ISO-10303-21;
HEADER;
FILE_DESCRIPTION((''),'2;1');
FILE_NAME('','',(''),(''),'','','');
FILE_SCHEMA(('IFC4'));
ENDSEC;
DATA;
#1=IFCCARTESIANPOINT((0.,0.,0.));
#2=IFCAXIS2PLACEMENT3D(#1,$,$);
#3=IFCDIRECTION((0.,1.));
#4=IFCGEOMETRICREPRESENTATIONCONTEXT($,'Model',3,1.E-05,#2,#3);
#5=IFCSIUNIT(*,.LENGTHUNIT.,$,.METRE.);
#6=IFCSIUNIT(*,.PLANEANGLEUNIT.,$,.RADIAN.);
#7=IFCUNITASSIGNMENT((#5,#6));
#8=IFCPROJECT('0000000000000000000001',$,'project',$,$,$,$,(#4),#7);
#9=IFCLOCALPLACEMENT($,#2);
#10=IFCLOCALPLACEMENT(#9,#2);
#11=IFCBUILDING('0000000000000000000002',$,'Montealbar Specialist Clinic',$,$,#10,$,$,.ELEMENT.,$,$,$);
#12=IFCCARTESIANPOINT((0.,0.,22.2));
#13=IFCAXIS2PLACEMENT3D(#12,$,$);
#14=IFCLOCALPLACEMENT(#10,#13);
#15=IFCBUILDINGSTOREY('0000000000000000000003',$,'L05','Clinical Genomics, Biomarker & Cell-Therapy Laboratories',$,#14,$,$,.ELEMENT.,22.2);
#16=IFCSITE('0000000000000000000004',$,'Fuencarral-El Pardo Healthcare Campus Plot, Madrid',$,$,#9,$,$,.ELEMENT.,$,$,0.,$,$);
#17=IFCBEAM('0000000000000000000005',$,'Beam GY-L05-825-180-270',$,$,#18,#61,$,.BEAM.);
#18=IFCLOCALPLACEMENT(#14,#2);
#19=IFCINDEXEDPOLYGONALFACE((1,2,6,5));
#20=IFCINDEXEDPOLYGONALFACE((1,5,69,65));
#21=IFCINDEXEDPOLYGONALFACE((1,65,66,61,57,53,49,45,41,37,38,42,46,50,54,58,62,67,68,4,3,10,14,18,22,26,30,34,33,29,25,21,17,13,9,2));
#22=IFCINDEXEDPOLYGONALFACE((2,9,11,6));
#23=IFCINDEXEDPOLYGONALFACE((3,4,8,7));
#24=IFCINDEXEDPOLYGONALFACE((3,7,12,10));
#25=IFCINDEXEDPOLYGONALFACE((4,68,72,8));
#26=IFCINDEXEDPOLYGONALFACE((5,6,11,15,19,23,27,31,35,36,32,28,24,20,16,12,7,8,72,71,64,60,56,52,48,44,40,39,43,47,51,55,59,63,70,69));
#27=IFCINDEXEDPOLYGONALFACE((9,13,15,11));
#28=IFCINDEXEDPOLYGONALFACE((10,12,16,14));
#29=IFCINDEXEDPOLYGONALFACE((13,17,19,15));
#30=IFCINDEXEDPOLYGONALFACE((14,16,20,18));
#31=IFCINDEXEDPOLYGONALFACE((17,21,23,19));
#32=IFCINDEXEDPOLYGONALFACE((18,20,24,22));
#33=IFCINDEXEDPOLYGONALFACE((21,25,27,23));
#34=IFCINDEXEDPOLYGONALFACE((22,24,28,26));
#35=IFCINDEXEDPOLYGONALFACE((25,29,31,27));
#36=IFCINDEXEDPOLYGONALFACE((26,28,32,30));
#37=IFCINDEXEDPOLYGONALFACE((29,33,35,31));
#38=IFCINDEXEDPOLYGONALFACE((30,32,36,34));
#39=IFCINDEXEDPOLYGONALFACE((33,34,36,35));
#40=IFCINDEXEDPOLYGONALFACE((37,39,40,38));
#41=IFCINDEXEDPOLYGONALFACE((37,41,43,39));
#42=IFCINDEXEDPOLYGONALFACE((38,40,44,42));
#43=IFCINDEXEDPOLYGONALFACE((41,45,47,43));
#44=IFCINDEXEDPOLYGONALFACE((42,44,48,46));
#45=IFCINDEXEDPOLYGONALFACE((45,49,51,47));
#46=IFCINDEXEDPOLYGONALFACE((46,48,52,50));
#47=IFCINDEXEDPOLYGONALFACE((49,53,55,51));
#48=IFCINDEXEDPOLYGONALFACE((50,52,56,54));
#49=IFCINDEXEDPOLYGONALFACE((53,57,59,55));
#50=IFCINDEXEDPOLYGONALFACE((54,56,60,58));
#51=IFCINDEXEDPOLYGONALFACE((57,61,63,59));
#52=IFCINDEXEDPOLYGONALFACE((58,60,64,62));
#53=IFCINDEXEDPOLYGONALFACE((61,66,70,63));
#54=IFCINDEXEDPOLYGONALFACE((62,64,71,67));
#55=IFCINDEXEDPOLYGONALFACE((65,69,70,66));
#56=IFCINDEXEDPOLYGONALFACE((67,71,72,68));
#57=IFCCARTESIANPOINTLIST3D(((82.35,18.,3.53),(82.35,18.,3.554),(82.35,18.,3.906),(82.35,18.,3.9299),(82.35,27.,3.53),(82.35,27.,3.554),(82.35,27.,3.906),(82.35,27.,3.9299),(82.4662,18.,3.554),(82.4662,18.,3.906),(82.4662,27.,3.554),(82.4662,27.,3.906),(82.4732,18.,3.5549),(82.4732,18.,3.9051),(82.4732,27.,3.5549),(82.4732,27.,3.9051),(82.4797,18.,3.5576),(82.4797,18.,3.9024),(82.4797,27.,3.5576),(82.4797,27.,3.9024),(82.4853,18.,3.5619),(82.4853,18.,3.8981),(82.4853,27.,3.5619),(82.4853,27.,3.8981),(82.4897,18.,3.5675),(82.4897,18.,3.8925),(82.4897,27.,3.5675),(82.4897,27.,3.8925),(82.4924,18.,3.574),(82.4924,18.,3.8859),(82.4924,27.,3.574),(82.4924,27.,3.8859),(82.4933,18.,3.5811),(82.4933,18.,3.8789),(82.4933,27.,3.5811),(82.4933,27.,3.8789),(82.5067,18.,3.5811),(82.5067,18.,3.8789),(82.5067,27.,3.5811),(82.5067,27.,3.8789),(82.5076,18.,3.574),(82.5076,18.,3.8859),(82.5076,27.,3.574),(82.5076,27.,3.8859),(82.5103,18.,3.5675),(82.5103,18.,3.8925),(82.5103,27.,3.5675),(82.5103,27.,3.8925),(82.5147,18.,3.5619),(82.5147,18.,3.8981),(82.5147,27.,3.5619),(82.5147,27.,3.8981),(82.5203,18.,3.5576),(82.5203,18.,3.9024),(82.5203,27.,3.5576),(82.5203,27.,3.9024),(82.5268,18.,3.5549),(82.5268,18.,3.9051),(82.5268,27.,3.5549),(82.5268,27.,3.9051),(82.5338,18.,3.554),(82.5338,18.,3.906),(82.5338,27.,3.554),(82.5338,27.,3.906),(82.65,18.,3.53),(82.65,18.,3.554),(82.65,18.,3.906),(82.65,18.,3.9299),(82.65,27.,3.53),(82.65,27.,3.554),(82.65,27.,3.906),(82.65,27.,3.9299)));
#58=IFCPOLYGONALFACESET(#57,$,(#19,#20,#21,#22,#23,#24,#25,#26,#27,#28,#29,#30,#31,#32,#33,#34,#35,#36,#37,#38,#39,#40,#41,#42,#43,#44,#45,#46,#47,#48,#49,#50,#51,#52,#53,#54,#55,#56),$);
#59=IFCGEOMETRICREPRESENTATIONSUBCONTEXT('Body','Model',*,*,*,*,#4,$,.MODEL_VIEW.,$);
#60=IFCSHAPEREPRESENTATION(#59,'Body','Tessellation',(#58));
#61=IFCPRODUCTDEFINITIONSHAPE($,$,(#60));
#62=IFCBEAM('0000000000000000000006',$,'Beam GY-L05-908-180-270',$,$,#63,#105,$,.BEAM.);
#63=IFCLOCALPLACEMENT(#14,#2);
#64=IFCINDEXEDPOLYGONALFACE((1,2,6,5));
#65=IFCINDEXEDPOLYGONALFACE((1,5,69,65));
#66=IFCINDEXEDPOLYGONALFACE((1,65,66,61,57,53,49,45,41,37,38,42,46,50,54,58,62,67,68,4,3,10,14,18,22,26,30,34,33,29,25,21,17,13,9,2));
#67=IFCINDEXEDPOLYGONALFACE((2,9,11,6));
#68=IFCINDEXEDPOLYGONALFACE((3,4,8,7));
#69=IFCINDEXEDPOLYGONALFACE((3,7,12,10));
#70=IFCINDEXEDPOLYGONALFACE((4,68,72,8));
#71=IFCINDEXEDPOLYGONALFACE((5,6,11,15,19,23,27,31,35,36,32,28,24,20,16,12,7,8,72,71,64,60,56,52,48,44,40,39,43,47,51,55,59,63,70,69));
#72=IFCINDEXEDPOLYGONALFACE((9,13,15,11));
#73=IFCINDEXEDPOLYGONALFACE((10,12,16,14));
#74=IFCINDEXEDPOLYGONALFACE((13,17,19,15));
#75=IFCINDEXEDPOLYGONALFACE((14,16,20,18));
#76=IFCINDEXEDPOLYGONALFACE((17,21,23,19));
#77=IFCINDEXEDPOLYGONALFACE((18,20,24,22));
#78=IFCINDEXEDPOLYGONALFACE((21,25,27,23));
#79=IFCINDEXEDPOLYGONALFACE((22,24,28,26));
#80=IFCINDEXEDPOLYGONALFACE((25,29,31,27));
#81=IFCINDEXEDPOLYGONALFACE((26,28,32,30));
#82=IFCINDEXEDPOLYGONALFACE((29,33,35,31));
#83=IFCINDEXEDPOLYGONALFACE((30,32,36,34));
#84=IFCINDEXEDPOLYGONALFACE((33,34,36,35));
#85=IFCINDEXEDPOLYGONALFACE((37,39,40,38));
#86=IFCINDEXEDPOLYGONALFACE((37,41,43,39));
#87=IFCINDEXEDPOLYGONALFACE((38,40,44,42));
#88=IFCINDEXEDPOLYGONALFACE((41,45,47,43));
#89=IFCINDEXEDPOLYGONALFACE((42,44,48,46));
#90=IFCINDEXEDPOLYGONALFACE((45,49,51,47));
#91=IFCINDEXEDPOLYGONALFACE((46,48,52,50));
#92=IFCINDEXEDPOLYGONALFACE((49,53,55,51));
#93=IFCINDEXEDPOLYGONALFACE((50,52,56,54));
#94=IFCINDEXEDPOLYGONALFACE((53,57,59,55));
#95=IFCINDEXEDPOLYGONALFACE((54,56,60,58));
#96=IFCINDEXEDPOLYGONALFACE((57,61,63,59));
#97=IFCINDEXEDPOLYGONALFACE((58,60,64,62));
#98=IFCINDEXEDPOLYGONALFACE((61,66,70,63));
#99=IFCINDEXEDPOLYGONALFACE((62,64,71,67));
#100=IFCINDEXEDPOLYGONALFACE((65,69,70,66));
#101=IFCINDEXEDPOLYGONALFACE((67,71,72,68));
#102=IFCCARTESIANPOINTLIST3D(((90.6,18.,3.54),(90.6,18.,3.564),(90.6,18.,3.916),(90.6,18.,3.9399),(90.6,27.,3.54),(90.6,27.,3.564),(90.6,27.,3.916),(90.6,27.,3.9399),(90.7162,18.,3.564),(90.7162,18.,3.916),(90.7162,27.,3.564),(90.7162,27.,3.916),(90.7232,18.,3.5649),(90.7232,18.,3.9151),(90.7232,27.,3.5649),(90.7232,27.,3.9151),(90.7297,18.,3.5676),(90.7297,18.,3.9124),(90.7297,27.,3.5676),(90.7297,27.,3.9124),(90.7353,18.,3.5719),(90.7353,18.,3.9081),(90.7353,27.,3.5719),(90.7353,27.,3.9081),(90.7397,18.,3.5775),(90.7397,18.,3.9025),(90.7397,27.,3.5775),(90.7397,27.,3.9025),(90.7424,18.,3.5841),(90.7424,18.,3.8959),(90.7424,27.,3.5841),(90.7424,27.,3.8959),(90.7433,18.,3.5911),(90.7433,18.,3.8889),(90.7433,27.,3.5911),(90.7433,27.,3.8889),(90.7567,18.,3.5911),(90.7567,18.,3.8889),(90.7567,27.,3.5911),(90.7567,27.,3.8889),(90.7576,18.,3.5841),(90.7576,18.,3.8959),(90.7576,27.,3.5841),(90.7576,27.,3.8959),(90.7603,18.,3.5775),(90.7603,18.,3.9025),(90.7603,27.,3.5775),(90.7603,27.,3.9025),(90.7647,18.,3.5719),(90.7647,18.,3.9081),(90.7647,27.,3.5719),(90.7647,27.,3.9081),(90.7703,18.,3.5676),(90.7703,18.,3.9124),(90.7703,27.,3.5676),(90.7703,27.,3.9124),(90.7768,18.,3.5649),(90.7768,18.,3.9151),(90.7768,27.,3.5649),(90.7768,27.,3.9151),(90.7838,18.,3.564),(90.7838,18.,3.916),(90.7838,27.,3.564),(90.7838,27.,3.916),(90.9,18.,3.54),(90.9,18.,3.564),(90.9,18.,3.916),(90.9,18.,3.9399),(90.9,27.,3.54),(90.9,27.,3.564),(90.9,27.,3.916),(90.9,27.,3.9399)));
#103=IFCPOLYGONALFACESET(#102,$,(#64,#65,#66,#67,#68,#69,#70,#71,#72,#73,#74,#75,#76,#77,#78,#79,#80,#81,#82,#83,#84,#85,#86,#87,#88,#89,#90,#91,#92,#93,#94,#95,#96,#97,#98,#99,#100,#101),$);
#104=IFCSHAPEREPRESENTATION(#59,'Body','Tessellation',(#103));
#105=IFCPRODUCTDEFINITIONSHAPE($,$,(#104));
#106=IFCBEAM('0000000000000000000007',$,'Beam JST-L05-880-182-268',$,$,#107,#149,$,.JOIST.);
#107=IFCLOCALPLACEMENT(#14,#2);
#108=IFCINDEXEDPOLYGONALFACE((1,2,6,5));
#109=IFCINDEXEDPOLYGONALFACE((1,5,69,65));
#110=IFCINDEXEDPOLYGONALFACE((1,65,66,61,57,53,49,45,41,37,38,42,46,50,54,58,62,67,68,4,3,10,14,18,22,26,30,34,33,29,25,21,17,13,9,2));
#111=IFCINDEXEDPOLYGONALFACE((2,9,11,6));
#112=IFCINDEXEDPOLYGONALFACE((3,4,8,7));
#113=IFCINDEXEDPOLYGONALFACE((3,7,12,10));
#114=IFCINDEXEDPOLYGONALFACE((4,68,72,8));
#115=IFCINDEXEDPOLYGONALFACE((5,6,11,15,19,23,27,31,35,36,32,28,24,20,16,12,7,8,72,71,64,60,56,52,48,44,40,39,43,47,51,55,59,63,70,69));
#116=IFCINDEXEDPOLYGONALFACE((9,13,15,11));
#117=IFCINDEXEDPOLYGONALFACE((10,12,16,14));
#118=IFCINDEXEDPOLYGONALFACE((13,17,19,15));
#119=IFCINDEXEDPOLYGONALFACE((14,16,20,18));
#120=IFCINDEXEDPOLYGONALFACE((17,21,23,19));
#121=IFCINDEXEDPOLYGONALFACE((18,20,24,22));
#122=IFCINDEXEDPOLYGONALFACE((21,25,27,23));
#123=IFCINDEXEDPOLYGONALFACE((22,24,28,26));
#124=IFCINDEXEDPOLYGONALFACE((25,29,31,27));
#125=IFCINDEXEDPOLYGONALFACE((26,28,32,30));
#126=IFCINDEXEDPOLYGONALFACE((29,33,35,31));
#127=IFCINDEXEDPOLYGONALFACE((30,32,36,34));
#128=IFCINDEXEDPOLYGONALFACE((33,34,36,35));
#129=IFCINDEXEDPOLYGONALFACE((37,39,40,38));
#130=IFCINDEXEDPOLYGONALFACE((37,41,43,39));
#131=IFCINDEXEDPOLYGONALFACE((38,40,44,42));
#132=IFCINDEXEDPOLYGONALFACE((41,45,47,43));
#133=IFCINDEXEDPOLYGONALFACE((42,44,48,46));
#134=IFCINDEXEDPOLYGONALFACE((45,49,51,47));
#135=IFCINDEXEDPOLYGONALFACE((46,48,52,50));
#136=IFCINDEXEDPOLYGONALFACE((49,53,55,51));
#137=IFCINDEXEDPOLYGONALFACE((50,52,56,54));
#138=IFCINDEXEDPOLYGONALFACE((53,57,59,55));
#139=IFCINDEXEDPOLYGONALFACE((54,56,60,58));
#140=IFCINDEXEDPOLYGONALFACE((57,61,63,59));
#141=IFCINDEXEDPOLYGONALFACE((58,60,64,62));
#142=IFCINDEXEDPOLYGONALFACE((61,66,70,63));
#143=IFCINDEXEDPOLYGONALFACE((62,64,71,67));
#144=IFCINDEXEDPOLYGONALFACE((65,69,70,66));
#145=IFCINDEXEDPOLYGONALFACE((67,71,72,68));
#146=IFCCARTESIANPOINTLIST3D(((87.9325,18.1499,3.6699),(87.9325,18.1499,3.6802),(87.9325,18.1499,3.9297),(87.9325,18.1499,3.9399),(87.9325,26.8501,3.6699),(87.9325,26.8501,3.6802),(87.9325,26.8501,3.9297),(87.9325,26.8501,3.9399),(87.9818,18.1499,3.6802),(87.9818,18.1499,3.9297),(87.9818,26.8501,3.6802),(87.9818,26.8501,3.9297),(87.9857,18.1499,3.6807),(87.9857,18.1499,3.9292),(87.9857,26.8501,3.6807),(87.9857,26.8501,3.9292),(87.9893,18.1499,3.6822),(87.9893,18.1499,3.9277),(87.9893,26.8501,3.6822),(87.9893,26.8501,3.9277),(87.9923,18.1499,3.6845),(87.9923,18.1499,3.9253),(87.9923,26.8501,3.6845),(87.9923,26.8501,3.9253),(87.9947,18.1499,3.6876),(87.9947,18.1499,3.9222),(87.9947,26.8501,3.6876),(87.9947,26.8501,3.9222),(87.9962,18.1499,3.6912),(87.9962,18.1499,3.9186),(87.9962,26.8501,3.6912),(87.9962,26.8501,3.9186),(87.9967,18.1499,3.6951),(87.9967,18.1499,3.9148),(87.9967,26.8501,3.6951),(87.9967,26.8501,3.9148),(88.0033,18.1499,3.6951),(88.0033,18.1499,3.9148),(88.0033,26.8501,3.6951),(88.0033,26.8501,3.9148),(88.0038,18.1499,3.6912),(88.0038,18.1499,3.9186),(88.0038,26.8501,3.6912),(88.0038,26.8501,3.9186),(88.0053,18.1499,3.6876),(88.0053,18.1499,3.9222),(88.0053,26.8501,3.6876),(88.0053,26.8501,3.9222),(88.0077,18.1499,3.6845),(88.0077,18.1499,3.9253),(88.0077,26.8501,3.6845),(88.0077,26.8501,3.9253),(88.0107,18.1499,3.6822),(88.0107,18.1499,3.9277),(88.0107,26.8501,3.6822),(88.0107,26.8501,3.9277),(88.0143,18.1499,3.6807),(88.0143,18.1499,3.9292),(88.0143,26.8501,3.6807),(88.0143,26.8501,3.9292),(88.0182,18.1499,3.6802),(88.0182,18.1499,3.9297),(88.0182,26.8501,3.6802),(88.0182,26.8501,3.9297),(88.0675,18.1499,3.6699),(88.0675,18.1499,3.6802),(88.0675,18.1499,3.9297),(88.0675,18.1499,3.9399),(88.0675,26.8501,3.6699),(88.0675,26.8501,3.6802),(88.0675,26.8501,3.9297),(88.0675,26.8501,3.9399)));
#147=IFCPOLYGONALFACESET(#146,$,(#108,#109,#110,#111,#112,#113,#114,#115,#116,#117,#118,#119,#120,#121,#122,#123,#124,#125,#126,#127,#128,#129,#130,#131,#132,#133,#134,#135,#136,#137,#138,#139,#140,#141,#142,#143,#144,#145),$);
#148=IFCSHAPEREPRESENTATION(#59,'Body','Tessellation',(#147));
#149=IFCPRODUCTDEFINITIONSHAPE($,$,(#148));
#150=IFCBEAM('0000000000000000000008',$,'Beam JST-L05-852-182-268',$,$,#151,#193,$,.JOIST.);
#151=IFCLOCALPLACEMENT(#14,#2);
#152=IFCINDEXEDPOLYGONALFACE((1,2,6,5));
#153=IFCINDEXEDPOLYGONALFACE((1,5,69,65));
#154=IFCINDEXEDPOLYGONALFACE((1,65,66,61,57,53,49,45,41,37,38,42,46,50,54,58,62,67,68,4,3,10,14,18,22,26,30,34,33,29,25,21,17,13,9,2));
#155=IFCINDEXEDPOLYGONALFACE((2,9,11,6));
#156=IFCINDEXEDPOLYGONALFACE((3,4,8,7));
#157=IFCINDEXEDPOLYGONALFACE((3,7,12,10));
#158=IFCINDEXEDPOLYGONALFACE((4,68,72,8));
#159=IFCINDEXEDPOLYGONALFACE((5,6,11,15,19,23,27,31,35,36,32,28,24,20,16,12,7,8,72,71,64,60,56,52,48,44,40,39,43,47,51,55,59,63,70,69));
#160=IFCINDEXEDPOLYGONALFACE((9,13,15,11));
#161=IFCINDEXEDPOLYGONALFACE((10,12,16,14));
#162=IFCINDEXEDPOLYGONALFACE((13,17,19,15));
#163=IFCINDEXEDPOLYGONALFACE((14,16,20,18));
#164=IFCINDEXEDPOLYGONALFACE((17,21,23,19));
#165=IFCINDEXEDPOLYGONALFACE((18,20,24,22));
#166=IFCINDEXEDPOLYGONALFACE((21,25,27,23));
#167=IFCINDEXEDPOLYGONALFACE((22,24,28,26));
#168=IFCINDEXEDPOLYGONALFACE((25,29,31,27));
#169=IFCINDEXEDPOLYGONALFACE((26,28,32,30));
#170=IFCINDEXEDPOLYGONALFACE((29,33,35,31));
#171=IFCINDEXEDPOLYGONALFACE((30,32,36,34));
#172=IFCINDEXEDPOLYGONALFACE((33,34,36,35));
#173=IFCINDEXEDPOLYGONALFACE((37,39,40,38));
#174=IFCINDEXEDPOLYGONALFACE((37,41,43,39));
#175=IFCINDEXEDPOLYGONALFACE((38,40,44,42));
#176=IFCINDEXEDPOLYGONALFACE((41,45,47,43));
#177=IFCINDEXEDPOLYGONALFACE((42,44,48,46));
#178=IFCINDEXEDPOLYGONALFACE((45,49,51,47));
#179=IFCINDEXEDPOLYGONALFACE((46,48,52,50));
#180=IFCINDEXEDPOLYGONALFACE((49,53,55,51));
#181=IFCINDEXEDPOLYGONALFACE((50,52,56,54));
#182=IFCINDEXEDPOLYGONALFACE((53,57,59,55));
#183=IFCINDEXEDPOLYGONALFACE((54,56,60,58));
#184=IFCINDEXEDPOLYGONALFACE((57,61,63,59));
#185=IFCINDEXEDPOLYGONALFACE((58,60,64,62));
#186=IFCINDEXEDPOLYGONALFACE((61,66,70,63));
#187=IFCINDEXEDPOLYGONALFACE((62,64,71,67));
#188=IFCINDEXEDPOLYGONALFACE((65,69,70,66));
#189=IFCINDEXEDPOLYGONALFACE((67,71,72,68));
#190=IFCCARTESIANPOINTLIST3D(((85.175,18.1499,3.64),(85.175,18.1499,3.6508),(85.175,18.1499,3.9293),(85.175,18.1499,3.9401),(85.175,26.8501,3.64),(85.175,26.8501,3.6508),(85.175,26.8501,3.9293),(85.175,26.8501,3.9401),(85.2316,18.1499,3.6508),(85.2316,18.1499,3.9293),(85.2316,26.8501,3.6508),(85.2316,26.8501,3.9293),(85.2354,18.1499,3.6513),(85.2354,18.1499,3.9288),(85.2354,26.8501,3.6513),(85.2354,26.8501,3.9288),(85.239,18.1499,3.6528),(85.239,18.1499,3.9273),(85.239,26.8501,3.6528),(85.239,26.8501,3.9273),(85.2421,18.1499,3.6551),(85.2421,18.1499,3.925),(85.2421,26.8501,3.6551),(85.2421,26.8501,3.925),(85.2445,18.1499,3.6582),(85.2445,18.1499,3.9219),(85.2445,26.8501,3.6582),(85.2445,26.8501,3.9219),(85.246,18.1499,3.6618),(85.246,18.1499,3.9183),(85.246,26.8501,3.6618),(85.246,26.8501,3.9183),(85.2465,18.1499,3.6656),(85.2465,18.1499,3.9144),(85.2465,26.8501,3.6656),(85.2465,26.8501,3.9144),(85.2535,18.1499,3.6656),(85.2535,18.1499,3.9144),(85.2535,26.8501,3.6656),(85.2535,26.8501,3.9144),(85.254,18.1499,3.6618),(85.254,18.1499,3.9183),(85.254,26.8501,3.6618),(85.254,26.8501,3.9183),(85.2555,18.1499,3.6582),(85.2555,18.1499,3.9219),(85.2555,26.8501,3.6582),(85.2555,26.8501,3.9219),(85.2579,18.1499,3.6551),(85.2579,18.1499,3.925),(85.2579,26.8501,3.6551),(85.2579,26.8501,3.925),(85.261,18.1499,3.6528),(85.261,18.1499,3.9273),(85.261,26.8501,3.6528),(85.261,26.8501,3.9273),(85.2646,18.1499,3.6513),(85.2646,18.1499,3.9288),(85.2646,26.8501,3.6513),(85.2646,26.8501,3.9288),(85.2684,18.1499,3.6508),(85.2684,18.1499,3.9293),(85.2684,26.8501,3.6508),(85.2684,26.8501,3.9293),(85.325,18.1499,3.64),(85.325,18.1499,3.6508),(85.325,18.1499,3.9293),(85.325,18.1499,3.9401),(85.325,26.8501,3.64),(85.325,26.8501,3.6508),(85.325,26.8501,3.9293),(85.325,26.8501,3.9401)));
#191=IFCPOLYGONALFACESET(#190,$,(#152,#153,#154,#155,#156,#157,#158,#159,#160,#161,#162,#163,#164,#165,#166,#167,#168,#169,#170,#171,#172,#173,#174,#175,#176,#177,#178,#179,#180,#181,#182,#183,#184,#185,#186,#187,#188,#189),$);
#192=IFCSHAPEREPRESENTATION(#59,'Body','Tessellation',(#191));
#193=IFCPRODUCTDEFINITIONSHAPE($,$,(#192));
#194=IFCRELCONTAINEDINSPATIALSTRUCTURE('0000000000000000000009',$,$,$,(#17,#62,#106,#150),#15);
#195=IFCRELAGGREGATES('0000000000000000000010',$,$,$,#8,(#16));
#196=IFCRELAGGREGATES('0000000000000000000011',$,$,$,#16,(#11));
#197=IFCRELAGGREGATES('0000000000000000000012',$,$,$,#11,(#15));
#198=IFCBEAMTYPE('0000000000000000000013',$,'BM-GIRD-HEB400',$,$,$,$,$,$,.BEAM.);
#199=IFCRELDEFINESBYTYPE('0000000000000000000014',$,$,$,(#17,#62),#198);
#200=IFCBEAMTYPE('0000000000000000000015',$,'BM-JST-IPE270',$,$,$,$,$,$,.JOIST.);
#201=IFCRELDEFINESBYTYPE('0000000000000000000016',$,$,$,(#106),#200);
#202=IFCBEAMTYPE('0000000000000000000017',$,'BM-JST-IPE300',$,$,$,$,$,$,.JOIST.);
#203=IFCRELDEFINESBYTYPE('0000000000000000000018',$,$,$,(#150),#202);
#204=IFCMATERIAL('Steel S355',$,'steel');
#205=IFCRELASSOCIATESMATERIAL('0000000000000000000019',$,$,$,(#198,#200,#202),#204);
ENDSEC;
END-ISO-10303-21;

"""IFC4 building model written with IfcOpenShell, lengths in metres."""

from ifc_helpers import new_model, si_unit, direction, frame, origin, origin_2d, place, context, subcontext, project, spatial, i_section, extrude, material, material_profile, profile_set, type_object, element, save


model = new_model("IFC4")

# Units and contexts
model_context = context("Model", 3, precision=1e-05, world=origin(), true_north=direction((0.0, 1.0)))
body_context = subcontext(model_context, "Body", "Model", "MODEL_VIEW")
ifc_project = project(units=[si_unit("LENGTHUNIT", "METRE"), si_unit("PLANEANGLEUNIT", "RADIAN")], contexts=[model_context])

# Site, building, storey
site_placement = place(None, origin())
site = spatial("IfcSite", under=ifc_project, at=site_placement, Name="Fuencarral-El Pardo Healthcare Campus Plot, Madrid", CompositionType="ELEMENT", RefElevation=0.0)
building_placement = place(site_placement, origin())
building = spatial("IfcBuilding", under=site, at=building_placement, Name="Montealbar Specialist Clinic", CompositionType="ELEMENT")
storey_placement = place(building_placement, frame((0.0, 0.0, 22.2)))
storey = spatial("IfcBuildingStorey", under=building, at=storey_placement, Name="L05", Description="Clinical Genomics, Biomarker & Cell-Therapy Laboratories", CompositionType="ELEMENT", Elevation=22.2)

# Shared definitions
ifc_material_1 = material(Name="Steel S355", Category="steel")

# Beams
ifc_material_profile_1 = material_profile(ifc_material_1, i_section(OverallWidth=0.3, OverallDepth=0.3999, WebThickness=0.0134, FlangeThickness=0.0239, FilletRadius=0.0271, at=origin_2d()), Name="HEB 400", Category="steel")
ifc_profile_set_1 = profile_set([ifc_material_profile_1], Name="Steel S355")
beam_type_1 = type_object("IfcBeamType", Name="BM-GIRD-HEB400", PredefinedType="BEAM", material=ifc_profile_set_1)
for number, where, z_axis, x_axis, name in (
    (1, (82.5, 18.0, 3.73), (0.0, 1.0, 0.0), (-1.0, 0.0, 0.0), "Beam GY-L05-825-180-270"),
    (2, (90.75, 18.0, 3.74), (0.0, 1.0, 0.0), (-1.0, 0.0, 0.0), "Beam GY-L05-908-180-270"),
):
    element("IfcBeam", number, at=place(storey_placement, frame(where, z_axis=z_axis, x_axis=x_axis)), inside=storey, type_object=beam_type_1, Name=name, PredefinedType="BEAM", context=body_context, shape_type="SweptSolid", body=[
        extrude(i_section(OverallWidth=0.3, OverallDepth=0.3999, WebThickness=0.0134, FlangeThickness=0.0239, FilletRadius=0.0271, at=origin_2d()), origin(), (0.0, 0.0, 1.0), 9.0),
    ])
ifc_material_profile_2 = material_profile(ifc_material_1, i_section(OverallWidth=0.135, OverallDepth=0.27, WebThickness=0.0066, FlangeThickness=0.0103, FilletRadius=0.0149, at=origin_2d()), Name="IPE 270", Category="steel")
ifc_profile_set_2 = profile_set([ifc_material_profile_2], Name="Steel S355")
beam_type_2 = type_object("IfcBeamType", Name="BM-JST-IPE270", PredefinedType="JOIST", material=ifc_profile_set_2)
beam_1_placement = place(storey_placement, frame((88.0, 18.1499, 3.8049), z_axis=(0.0, 1.0, 0.0), x_axis=(-1.0, 0.0, 0.0)))
element("IfcBeam", 3, at=beam_1_placement, inside=storey, type_object=beam_type_2, Name="Beam JST-L05-880-182-268", PredefinedType="JOIST", context=body_context, shape_type="SweptSolid", body=[
    extrude(i_section(OverallWidth=0.135, OverallDepth=0.27, WebThickness=0.0066, FlangeThickness=0.0103, FilletRadius=0.0149, at=origin_2d()), origin(), (0.0, 0.0, 1.0), 8.7002),
])
ifc_material_profile_3 = material_profile(ifc_material_1, i_section(OverallWidth=0.1499, OverallDepth=0.3, WebThickness=0.0071, FlangeThickness=0.0107, FilletRadius=0.0149, at=origin_2d()), Name="IPE 300", Category="steel")
ifc_profile_set_3 = profile_set([ifc_material_profile_3], Name="Steel S355")
beam_type_3 = type_object("IfcBeamType", Name="BM-JST-IPE300", PredefinedType="JOIST", material=ifc_profile_set_3)
beam_2_placement = place(storey_placement, frame((85.25, 18.1499, 3.79), z_axis=(0.0, 1.0, 0.0), x_axis=(-1.0, 0.0, 0.0)))
element("IfcBeam", 4, at=beam_2_placement, inside=storey, type_object=beam_type_3, Name="Beam JST-L05-852-182-268", PredefinedType="JOIST", context=body_context, shape_type="SweptSolid", body=[
    extrude(i_section(OverallWidth=0.1499, OverallDepth=0.3, WebThickness=0.0071, FlangeThickness=0.0107, FilletRadius=0.0149, at=origin_2d()), origin(), (0.0, 0.0, 1.0), 8.7002),
])

save(model, "model.ifc")
